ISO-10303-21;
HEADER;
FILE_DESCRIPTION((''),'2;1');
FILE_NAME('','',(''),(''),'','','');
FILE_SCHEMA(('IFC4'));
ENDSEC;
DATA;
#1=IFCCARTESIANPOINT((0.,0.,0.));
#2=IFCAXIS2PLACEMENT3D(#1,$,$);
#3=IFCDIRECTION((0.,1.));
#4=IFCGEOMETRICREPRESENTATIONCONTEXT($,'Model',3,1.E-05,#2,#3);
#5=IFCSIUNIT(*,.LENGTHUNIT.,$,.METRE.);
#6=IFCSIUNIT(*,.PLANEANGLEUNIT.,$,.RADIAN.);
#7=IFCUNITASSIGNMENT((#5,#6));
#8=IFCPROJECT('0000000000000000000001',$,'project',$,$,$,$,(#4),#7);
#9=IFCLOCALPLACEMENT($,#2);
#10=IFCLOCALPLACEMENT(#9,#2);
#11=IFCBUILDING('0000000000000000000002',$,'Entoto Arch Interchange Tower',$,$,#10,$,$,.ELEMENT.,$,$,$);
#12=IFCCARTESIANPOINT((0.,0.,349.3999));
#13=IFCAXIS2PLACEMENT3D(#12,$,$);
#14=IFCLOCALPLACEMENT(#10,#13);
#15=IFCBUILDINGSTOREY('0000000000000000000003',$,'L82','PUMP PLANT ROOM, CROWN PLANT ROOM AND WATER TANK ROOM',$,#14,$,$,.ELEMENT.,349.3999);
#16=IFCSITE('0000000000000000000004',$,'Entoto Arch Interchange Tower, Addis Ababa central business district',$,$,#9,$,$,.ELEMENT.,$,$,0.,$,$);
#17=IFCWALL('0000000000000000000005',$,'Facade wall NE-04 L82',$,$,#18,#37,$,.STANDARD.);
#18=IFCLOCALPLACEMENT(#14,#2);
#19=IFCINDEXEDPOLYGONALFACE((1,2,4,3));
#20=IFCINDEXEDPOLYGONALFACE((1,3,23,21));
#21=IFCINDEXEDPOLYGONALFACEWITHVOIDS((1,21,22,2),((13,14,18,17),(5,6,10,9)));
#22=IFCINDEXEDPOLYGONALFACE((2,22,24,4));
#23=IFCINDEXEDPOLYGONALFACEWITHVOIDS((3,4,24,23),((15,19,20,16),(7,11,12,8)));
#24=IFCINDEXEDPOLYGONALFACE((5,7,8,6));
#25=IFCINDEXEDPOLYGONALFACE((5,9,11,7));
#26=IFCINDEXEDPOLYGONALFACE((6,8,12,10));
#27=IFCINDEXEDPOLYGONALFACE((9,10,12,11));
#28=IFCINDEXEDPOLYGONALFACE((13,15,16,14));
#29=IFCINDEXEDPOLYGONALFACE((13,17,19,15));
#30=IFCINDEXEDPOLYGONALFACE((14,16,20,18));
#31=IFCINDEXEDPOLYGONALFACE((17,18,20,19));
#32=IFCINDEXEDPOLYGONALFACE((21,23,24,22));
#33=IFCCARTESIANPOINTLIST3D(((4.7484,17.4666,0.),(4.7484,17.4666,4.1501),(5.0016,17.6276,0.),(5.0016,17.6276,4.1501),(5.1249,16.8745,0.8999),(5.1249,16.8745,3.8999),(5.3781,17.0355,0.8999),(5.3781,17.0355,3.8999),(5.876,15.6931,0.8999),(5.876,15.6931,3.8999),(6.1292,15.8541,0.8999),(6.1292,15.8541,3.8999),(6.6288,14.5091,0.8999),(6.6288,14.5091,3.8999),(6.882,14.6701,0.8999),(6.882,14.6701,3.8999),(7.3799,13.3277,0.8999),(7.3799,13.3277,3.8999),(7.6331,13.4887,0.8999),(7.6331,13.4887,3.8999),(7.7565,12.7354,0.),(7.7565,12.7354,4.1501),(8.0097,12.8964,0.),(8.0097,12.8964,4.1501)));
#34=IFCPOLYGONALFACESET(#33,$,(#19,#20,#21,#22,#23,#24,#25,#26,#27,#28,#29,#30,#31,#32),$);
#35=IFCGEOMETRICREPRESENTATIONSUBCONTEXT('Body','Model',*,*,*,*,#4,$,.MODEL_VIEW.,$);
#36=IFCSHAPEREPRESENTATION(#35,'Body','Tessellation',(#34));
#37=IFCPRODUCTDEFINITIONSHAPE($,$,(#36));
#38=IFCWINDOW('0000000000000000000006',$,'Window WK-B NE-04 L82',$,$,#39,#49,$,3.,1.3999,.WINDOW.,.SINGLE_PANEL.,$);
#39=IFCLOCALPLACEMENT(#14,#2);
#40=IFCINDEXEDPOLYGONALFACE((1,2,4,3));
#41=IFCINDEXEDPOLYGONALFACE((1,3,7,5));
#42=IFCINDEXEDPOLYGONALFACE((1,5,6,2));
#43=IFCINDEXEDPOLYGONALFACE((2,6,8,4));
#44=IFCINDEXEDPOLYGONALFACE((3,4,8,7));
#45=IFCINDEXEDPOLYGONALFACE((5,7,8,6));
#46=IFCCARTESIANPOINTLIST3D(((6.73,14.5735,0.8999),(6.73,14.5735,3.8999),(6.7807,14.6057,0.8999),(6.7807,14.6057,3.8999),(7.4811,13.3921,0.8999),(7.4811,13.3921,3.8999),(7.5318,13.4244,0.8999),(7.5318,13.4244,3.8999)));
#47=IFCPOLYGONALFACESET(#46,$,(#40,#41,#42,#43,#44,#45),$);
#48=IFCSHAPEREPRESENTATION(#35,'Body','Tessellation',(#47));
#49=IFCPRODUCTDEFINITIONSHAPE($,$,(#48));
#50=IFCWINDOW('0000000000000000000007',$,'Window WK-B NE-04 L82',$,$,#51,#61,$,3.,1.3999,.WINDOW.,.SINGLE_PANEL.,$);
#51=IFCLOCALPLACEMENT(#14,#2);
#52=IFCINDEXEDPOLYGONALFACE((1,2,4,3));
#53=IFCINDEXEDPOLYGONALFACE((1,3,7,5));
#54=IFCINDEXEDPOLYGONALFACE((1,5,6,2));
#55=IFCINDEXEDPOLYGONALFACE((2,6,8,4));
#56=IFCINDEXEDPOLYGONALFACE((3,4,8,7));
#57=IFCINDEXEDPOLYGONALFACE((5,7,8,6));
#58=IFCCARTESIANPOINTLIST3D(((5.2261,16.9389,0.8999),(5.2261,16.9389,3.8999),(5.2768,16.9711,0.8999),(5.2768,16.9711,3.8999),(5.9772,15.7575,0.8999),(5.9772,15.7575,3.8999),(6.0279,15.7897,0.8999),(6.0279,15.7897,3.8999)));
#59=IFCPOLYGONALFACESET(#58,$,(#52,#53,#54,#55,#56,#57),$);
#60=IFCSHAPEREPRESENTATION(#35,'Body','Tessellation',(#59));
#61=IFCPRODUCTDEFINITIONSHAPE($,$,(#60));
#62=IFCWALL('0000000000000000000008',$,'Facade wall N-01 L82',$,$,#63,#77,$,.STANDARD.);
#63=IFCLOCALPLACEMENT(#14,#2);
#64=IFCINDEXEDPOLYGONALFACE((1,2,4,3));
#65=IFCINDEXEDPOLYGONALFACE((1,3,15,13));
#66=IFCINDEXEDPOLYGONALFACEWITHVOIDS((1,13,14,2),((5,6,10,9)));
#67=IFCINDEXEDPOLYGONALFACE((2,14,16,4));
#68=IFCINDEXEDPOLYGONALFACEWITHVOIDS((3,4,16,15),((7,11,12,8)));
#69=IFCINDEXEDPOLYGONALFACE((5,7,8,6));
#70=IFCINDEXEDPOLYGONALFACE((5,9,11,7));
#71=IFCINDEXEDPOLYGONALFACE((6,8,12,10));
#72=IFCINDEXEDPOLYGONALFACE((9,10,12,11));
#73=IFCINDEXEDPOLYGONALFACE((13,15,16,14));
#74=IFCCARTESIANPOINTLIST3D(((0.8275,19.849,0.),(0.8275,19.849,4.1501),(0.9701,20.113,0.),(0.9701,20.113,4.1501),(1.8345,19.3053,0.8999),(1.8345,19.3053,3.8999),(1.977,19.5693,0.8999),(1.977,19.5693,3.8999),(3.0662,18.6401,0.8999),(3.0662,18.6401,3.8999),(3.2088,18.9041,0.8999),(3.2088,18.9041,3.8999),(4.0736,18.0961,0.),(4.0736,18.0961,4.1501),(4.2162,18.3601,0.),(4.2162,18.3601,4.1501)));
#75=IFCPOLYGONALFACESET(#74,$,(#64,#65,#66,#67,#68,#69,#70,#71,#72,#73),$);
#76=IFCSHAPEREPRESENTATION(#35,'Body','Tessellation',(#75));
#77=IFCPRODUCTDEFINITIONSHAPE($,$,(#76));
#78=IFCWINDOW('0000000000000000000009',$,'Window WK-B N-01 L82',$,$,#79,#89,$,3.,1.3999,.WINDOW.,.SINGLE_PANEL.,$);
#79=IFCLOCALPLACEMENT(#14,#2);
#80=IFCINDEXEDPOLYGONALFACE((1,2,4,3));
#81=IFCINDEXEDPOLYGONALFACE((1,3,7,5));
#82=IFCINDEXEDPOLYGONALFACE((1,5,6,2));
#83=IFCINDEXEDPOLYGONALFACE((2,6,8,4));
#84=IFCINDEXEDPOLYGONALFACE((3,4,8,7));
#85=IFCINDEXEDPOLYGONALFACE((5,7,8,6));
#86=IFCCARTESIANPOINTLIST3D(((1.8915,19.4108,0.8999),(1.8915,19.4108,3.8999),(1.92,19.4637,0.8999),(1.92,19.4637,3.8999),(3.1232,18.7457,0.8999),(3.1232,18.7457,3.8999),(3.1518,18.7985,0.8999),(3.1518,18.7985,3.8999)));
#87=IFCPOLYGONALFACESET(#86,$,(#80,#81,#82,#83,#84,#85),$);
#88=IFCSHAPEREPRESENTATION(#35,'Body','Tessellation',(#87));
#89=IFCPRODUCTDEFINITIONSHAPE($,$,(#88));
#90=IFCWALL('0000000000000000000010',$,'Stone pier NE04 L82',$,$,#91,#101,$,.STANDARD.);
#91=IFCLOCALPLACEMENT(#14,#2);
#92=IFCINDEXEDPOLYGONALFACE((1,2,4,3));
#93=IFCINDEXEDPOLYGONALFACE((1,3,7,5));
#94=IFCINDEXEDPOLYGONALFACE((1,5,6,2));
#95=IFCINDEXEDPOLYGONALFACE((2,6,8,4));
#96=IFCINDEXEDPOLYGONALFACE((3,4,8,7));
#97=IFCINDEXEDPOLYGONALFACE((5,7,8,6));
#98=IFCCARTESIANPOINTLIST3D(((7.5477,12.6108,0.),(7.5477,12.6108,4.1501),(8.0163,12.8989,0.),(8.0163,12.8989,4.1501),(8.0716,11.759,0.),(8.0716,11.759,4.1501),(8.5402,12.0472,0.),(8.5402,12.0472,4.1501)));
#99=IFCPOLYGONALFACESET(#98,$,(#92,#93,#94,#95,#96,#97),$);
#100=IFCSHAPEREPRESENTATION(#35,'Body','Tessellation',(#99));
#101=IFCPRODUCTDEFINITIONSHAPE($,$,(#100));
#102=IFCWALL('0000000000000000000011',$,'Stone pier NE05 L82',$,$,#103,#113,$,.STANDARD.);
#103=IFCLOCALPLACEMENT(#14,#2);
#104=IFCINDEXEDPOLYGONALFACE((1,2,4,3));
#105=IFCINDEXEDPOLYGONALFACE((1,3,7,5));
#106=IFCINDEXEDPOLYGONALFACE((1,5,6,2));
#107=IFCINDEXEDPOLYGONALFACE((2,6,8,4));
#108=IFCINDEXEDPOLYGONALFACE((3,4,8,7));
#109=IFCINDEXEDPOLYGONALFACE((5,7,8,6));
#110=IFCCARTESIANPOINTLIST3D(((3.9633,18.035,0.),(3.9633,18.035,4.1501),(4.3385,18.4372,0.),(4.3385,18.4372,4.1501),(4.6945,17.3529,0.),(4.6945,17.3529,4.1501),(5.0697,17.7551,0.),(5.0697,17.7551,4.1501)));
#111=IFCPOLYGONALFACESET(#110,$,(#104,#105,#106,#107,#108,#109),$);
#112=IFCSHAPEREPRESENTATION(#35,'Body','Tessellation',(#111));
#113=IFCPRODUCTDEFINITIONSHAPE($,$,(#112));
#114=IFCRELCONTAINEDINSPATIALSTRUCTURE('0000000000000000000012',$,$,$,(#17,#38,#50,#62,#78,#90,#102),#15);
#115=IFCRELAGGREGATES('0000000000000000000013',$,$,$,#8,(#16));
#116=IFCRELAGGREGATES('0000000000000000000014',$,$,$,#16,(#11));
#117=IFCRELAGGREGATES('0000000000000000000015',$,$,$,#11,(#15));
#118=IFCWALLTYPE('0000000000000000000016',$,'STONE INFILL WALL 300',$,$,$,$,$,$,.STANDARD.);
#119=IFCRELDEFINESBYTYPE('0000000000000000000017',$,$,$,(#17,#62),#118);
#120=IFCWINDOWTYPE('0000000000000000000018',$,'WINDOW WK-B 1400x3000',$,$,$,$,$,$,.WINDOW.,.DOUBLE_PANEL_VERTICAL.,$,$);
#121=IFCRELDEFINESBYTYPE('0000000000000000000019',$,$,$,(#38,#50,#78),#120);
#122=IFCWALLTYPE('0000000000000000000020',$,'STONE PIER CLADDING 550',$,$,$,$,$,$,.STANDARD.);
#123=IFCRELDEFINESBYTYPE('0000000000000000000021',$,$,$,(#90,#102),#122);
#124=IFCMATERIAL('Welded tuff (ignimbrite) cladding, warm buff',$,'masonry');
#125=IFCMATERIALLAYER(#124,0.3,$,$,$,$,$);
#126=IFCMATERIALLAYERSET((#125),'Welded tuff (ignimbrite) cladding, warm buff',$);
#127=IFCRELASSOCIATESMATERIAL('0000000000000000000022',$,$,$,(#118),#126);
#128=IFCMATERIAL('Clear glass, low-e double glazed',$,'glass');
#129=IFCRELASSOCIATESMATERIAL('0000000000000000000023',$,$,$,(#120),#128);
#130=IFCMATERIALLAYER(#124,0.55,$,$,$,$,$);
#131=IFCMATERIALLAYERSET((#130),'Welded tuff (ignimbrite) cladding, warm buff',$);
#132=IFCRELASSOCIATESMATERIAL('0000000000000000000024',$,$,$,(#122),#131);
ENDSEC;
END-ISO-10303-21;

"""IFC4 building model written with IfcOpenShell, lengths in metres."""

from ifc_helpers import new_model, si_unit, direction, frame, frame_2d, origin, place, context, subcontext, project, spatial, rectangle, extrude, material, layer, layer_set, type_object, element, fill, save


model = new_model("IFC4")

# Units and contexts
model_context = context("Model", 3, precision=1e-05, world=origin(), true_north=direction((0.0, 1.0)))
body_context = subcontext(model_context, "Body", "Model", "MODEL_VIEW")
ifc_project = project(units=[si_unit("LENGTHUNIT", "METRE"), si_unit("PLANEANGLEUNIT", "RADIAN")], contexts=[model_context])

# Site, building, storey
site_placement = place(None, origin())
site = spatial("IfcSite", under=ifc_project, at=site_placement, Name="Entoto Arch Interchange Tower, Addis Ababa central business district", CompositionType="ELEMENT", RefElevation=0.0)
building_placement = place(site_placement, origin())
building = spatial("IfcBuilding", under=site, at=building_placement, Name="Entoto Arch Interchange Tower", CompositionType="ELEMENT")
storey_placement = place(building_placement, frame((0.0, 0.0, 349.3999)))
storey = spatial("IfcBuildingStorey", under=building, at=storey_placement, Name="L82", Description="PUMP PLANT ROOM, CROWN PLANT ROOM AND WATER TANK ROOM", CompositionType="ELEMENT", Elevation=349.3999)

# Wall, openings, windows
ifc_material_1 = material(Name="Welded tuff (ignimbrite) cladding, warm buff", Category="masonry")
ifc_layer_1 = layer(ifc_material_1, 0.3)
ifc_layer_set_1 = layer_set([ifc_layer_1], Name="Welded tuff (ignimbrite) cladding, warm buff")
wall_type_1 = type_object("IfcWallType", Name="STONE INFILL WALL 300", PredefinedType="STANDARD", material=ifc_layer_set_1)
wall_1_placement = place(storey_placement, frame((7.8831, 12.8159, 0.0), z_axis=(0.0, 0.0, 1.0), x_axis=(-0.536532, 0.84388, 0.0)))
wall_1 = element("IfcWall", 1, at=wall_1_placement, inside=storey, type_object=wall_type_1, Name="Facade wall NE-04 L82", PredefinedType="STANDARD", context=body_context, shape_type="SweptSolid", body=[
    extrude(rectangle(XDim=5.6064, YDim=0.3, at=frame_2d((2.8032, 0.0))), origin(), (0.0, 0.0, 1.0), 4.1501),
])
opening_1_placement = place(wall_1_placement, frame((0.7019, 0.0, 0.8999)))
opening_1 = element("IfcOpeningElement", 2, at=opening_1_placement, cuts=wall_1, PredefinedType="OPENING", context=body_context, shape_type="SweptSolid", body=[
    extrude(rectangle(XDim=1.3999, YDim=3.0, at=frame_2d((0.7, 1.5))), frame((0.0, 0.1602, 0.0), z_axis=(0.0, -1.0, 0.0), x_axis=(1.0, 0.0, 0.0)), (0.0, 0.0, 1.0), 0.3201),
])
opening_2_placement = place(wall_1_placement, frame((3.5049, 0.0, 0.8999)))
opening_2 = element("IfcOpeningElement", 3, at=opening_2_placement, cuts=wall_1, PredefinedType="OPENING", context=body_context, shape_type="SweptSolid", body=[
    extrude(rectangle(XDim=1.3999, YDim=3.0, at=frame_2d((0.7, 1.5))), frame((0.0, 0.1602, 0.0), z_axis=(0.0, -1.0, 0.0), x_axis=(1.0, 0.0, 0.0)), (0.0, 0.0, 1.0), 0.3201),
])
ifc_material_2 = material(Name="Clear glass, low-e double glazed", Category="glass")
window_type = type_object("IfcWindowType", Name="WINDOW WK-B 1400x3000", PartitioningType="DOUBLE_PANEL_VERTICAL", PredefinedType="WINDOW", material=ifc_material_2)
window_1_placement = place(opening_1_placement, origin())
window_1 = element("IfcWindow", 4, at=window_1_placement, inside=storey, type_object=window_type, Name="Window WK-B NE-04 L82", OverallHeight=3.0, OverallWidth=1.3999, PartitioningType="SINGLE_PANEL", PredefinedType="WINDOW", context=body_context, shape_type="SweptSolid", body=[
    extrude(rectangle(XDim=1.3999, YDim=3.0, at=frame_2d((0.7, 1.5))), frame((0.0, 0.03, 0.0), z_axis=(0.0, -1.0, 0.0), x_axis=(1.0, 0.0, 0.0)), (0.0, 0.0, 1.0), 0.0601),
])
fill(opening_1, window_1)
window_2_placement = place(opening_2_placement, origin())
window_2 = element("IfcWindow", 5, at=window_2_placement, inside=storey, type_object=window_type, Name="Window WK-B NE-04 L82", OverallHeight=3.0, OverallWidth=1.3999, PartitioningType="SINGLE_PANEL", PredefinedType="WINDOW", context=body_context, shape_type="SweptSolid", body=[
    extrude(rectangle(XDim=1.3999, YDim=3.0, at=frame_2d((0.7, 1.5))), frame((0.0, 0.03, 0.0), z_axis=(0.0, -1.0, 0.0), x_axis=(1.0, 0.0, 0.0)), (0.0, 0.0, 1.0), 0.0601),
])
fill(opening_2, window_2)

# Wall, opening, window
wall_2_placement = place(storey_placement, frame((4.145, 18.228, 0.0), z_axis=(0.0, 0.0, 1.0), x_axis=(-0.879901, 0.475157, 0.0)))
wall_2 = element("IfcWall", 6, at=wall_2_placement, inside=storey, type_object=wall_type_1, Name="Facade wall N-01 L82", PredefinedType="STANDARD", context=body_context, shape_type="SweptSolid", body=[
    extrude(rectangle(XDim=3.6892, YDim=0.3, at=frame_2d((1.8447, 0.0))), origin(), (0.0, 0.0, 1.0), 4.1501),
])
opening_3_placement = place(wall_2_placement, frame((1.145, 0.0, 0.8999)))
opening_3 = element("IfcOpeningElement", 7, at=opening_3_placement, cuts=wall_2, PredefinedType="OPENING", context=body_context, shape_type="SweptSolid", body=[
    extrude(rectangle(XDim=1.3999, YDim=3.0, at=frame_2d((0.7, 1.5))), frame((0.0, 0.1602, 0.0), z_axis=(0.0, -1.0, 0.0), x_axis=(1.0, 0.0, 0.0)), (0.0, 0.0, 1.0), 0.3201),
])
window_3_placement = place(opening_3_placement, origin())
window_3 = element("IfcWindow", 8, at=window_3_placement, inside=storey, type_object=window_type, Name="Window WK-B N-01 L82", OverallHeight=3.0, OverallWidth=1.3999, PartitioningType="SINGLE_PANEL", PredefinedType="WINDOW", context=body_context, shape_type="SweptSolid", body=[
    extrude(rectangle(XDim=1.3999, YDim=3.0, at=frame_2d((0.7, 1.5))), frame((0.0, 0.03, 0.0), z_axis=(0.0, -1.0, 0.0), x_axis=(1.0, 0.0, 0.0)), (0.0, 0.0, 1.0), 0.0601),
])
fill(opening_3, window_3)

# Walls
ifc_layer_2 = layer(ifc_material_1, 0.55)
ifc_layer_set_2 = layer_set([ifc_layer_2], Name="Welded tuff (ignimbrite) cladding, warm buff")
wall_type_2 = type_object("IfcWallType", Name="STONE PIER CLADDING 550", PredefinedType="STANDARD", material=ifc_layer_set_2)
for number, where, z_axis, x_axis, name in (
    (9, (8.3059, 11.9031, 0.0), (0.0, 0.0, 1.0), (-0.523907, 0.851776, 0.0), "Stone pier NE04 L82"),
    (10, (4.8821, 17.554, 0.0), (0.0, 0.0, 1.0), (-0.731218, 0.682144, 0.0), "Stone pier NE05 L82"),
):
    element("IfcWall", number, at=place(storey_placement, frame(where, z_axis=z_axis, x_axis=x_axis)), inside=storey, type_object=wall_type_2, Name=name, PredefinedType="STANDARD", context=body_context, shape_type="SweptSolid", body=[
        extrude(rectangle(XDim=1.0, YDim=0.55, at=frame_2d((0.5, 0.0))), origin(), (0.0, 0.0, 1.0), 4.1501),
    ])

save(model, "model.ifc")
